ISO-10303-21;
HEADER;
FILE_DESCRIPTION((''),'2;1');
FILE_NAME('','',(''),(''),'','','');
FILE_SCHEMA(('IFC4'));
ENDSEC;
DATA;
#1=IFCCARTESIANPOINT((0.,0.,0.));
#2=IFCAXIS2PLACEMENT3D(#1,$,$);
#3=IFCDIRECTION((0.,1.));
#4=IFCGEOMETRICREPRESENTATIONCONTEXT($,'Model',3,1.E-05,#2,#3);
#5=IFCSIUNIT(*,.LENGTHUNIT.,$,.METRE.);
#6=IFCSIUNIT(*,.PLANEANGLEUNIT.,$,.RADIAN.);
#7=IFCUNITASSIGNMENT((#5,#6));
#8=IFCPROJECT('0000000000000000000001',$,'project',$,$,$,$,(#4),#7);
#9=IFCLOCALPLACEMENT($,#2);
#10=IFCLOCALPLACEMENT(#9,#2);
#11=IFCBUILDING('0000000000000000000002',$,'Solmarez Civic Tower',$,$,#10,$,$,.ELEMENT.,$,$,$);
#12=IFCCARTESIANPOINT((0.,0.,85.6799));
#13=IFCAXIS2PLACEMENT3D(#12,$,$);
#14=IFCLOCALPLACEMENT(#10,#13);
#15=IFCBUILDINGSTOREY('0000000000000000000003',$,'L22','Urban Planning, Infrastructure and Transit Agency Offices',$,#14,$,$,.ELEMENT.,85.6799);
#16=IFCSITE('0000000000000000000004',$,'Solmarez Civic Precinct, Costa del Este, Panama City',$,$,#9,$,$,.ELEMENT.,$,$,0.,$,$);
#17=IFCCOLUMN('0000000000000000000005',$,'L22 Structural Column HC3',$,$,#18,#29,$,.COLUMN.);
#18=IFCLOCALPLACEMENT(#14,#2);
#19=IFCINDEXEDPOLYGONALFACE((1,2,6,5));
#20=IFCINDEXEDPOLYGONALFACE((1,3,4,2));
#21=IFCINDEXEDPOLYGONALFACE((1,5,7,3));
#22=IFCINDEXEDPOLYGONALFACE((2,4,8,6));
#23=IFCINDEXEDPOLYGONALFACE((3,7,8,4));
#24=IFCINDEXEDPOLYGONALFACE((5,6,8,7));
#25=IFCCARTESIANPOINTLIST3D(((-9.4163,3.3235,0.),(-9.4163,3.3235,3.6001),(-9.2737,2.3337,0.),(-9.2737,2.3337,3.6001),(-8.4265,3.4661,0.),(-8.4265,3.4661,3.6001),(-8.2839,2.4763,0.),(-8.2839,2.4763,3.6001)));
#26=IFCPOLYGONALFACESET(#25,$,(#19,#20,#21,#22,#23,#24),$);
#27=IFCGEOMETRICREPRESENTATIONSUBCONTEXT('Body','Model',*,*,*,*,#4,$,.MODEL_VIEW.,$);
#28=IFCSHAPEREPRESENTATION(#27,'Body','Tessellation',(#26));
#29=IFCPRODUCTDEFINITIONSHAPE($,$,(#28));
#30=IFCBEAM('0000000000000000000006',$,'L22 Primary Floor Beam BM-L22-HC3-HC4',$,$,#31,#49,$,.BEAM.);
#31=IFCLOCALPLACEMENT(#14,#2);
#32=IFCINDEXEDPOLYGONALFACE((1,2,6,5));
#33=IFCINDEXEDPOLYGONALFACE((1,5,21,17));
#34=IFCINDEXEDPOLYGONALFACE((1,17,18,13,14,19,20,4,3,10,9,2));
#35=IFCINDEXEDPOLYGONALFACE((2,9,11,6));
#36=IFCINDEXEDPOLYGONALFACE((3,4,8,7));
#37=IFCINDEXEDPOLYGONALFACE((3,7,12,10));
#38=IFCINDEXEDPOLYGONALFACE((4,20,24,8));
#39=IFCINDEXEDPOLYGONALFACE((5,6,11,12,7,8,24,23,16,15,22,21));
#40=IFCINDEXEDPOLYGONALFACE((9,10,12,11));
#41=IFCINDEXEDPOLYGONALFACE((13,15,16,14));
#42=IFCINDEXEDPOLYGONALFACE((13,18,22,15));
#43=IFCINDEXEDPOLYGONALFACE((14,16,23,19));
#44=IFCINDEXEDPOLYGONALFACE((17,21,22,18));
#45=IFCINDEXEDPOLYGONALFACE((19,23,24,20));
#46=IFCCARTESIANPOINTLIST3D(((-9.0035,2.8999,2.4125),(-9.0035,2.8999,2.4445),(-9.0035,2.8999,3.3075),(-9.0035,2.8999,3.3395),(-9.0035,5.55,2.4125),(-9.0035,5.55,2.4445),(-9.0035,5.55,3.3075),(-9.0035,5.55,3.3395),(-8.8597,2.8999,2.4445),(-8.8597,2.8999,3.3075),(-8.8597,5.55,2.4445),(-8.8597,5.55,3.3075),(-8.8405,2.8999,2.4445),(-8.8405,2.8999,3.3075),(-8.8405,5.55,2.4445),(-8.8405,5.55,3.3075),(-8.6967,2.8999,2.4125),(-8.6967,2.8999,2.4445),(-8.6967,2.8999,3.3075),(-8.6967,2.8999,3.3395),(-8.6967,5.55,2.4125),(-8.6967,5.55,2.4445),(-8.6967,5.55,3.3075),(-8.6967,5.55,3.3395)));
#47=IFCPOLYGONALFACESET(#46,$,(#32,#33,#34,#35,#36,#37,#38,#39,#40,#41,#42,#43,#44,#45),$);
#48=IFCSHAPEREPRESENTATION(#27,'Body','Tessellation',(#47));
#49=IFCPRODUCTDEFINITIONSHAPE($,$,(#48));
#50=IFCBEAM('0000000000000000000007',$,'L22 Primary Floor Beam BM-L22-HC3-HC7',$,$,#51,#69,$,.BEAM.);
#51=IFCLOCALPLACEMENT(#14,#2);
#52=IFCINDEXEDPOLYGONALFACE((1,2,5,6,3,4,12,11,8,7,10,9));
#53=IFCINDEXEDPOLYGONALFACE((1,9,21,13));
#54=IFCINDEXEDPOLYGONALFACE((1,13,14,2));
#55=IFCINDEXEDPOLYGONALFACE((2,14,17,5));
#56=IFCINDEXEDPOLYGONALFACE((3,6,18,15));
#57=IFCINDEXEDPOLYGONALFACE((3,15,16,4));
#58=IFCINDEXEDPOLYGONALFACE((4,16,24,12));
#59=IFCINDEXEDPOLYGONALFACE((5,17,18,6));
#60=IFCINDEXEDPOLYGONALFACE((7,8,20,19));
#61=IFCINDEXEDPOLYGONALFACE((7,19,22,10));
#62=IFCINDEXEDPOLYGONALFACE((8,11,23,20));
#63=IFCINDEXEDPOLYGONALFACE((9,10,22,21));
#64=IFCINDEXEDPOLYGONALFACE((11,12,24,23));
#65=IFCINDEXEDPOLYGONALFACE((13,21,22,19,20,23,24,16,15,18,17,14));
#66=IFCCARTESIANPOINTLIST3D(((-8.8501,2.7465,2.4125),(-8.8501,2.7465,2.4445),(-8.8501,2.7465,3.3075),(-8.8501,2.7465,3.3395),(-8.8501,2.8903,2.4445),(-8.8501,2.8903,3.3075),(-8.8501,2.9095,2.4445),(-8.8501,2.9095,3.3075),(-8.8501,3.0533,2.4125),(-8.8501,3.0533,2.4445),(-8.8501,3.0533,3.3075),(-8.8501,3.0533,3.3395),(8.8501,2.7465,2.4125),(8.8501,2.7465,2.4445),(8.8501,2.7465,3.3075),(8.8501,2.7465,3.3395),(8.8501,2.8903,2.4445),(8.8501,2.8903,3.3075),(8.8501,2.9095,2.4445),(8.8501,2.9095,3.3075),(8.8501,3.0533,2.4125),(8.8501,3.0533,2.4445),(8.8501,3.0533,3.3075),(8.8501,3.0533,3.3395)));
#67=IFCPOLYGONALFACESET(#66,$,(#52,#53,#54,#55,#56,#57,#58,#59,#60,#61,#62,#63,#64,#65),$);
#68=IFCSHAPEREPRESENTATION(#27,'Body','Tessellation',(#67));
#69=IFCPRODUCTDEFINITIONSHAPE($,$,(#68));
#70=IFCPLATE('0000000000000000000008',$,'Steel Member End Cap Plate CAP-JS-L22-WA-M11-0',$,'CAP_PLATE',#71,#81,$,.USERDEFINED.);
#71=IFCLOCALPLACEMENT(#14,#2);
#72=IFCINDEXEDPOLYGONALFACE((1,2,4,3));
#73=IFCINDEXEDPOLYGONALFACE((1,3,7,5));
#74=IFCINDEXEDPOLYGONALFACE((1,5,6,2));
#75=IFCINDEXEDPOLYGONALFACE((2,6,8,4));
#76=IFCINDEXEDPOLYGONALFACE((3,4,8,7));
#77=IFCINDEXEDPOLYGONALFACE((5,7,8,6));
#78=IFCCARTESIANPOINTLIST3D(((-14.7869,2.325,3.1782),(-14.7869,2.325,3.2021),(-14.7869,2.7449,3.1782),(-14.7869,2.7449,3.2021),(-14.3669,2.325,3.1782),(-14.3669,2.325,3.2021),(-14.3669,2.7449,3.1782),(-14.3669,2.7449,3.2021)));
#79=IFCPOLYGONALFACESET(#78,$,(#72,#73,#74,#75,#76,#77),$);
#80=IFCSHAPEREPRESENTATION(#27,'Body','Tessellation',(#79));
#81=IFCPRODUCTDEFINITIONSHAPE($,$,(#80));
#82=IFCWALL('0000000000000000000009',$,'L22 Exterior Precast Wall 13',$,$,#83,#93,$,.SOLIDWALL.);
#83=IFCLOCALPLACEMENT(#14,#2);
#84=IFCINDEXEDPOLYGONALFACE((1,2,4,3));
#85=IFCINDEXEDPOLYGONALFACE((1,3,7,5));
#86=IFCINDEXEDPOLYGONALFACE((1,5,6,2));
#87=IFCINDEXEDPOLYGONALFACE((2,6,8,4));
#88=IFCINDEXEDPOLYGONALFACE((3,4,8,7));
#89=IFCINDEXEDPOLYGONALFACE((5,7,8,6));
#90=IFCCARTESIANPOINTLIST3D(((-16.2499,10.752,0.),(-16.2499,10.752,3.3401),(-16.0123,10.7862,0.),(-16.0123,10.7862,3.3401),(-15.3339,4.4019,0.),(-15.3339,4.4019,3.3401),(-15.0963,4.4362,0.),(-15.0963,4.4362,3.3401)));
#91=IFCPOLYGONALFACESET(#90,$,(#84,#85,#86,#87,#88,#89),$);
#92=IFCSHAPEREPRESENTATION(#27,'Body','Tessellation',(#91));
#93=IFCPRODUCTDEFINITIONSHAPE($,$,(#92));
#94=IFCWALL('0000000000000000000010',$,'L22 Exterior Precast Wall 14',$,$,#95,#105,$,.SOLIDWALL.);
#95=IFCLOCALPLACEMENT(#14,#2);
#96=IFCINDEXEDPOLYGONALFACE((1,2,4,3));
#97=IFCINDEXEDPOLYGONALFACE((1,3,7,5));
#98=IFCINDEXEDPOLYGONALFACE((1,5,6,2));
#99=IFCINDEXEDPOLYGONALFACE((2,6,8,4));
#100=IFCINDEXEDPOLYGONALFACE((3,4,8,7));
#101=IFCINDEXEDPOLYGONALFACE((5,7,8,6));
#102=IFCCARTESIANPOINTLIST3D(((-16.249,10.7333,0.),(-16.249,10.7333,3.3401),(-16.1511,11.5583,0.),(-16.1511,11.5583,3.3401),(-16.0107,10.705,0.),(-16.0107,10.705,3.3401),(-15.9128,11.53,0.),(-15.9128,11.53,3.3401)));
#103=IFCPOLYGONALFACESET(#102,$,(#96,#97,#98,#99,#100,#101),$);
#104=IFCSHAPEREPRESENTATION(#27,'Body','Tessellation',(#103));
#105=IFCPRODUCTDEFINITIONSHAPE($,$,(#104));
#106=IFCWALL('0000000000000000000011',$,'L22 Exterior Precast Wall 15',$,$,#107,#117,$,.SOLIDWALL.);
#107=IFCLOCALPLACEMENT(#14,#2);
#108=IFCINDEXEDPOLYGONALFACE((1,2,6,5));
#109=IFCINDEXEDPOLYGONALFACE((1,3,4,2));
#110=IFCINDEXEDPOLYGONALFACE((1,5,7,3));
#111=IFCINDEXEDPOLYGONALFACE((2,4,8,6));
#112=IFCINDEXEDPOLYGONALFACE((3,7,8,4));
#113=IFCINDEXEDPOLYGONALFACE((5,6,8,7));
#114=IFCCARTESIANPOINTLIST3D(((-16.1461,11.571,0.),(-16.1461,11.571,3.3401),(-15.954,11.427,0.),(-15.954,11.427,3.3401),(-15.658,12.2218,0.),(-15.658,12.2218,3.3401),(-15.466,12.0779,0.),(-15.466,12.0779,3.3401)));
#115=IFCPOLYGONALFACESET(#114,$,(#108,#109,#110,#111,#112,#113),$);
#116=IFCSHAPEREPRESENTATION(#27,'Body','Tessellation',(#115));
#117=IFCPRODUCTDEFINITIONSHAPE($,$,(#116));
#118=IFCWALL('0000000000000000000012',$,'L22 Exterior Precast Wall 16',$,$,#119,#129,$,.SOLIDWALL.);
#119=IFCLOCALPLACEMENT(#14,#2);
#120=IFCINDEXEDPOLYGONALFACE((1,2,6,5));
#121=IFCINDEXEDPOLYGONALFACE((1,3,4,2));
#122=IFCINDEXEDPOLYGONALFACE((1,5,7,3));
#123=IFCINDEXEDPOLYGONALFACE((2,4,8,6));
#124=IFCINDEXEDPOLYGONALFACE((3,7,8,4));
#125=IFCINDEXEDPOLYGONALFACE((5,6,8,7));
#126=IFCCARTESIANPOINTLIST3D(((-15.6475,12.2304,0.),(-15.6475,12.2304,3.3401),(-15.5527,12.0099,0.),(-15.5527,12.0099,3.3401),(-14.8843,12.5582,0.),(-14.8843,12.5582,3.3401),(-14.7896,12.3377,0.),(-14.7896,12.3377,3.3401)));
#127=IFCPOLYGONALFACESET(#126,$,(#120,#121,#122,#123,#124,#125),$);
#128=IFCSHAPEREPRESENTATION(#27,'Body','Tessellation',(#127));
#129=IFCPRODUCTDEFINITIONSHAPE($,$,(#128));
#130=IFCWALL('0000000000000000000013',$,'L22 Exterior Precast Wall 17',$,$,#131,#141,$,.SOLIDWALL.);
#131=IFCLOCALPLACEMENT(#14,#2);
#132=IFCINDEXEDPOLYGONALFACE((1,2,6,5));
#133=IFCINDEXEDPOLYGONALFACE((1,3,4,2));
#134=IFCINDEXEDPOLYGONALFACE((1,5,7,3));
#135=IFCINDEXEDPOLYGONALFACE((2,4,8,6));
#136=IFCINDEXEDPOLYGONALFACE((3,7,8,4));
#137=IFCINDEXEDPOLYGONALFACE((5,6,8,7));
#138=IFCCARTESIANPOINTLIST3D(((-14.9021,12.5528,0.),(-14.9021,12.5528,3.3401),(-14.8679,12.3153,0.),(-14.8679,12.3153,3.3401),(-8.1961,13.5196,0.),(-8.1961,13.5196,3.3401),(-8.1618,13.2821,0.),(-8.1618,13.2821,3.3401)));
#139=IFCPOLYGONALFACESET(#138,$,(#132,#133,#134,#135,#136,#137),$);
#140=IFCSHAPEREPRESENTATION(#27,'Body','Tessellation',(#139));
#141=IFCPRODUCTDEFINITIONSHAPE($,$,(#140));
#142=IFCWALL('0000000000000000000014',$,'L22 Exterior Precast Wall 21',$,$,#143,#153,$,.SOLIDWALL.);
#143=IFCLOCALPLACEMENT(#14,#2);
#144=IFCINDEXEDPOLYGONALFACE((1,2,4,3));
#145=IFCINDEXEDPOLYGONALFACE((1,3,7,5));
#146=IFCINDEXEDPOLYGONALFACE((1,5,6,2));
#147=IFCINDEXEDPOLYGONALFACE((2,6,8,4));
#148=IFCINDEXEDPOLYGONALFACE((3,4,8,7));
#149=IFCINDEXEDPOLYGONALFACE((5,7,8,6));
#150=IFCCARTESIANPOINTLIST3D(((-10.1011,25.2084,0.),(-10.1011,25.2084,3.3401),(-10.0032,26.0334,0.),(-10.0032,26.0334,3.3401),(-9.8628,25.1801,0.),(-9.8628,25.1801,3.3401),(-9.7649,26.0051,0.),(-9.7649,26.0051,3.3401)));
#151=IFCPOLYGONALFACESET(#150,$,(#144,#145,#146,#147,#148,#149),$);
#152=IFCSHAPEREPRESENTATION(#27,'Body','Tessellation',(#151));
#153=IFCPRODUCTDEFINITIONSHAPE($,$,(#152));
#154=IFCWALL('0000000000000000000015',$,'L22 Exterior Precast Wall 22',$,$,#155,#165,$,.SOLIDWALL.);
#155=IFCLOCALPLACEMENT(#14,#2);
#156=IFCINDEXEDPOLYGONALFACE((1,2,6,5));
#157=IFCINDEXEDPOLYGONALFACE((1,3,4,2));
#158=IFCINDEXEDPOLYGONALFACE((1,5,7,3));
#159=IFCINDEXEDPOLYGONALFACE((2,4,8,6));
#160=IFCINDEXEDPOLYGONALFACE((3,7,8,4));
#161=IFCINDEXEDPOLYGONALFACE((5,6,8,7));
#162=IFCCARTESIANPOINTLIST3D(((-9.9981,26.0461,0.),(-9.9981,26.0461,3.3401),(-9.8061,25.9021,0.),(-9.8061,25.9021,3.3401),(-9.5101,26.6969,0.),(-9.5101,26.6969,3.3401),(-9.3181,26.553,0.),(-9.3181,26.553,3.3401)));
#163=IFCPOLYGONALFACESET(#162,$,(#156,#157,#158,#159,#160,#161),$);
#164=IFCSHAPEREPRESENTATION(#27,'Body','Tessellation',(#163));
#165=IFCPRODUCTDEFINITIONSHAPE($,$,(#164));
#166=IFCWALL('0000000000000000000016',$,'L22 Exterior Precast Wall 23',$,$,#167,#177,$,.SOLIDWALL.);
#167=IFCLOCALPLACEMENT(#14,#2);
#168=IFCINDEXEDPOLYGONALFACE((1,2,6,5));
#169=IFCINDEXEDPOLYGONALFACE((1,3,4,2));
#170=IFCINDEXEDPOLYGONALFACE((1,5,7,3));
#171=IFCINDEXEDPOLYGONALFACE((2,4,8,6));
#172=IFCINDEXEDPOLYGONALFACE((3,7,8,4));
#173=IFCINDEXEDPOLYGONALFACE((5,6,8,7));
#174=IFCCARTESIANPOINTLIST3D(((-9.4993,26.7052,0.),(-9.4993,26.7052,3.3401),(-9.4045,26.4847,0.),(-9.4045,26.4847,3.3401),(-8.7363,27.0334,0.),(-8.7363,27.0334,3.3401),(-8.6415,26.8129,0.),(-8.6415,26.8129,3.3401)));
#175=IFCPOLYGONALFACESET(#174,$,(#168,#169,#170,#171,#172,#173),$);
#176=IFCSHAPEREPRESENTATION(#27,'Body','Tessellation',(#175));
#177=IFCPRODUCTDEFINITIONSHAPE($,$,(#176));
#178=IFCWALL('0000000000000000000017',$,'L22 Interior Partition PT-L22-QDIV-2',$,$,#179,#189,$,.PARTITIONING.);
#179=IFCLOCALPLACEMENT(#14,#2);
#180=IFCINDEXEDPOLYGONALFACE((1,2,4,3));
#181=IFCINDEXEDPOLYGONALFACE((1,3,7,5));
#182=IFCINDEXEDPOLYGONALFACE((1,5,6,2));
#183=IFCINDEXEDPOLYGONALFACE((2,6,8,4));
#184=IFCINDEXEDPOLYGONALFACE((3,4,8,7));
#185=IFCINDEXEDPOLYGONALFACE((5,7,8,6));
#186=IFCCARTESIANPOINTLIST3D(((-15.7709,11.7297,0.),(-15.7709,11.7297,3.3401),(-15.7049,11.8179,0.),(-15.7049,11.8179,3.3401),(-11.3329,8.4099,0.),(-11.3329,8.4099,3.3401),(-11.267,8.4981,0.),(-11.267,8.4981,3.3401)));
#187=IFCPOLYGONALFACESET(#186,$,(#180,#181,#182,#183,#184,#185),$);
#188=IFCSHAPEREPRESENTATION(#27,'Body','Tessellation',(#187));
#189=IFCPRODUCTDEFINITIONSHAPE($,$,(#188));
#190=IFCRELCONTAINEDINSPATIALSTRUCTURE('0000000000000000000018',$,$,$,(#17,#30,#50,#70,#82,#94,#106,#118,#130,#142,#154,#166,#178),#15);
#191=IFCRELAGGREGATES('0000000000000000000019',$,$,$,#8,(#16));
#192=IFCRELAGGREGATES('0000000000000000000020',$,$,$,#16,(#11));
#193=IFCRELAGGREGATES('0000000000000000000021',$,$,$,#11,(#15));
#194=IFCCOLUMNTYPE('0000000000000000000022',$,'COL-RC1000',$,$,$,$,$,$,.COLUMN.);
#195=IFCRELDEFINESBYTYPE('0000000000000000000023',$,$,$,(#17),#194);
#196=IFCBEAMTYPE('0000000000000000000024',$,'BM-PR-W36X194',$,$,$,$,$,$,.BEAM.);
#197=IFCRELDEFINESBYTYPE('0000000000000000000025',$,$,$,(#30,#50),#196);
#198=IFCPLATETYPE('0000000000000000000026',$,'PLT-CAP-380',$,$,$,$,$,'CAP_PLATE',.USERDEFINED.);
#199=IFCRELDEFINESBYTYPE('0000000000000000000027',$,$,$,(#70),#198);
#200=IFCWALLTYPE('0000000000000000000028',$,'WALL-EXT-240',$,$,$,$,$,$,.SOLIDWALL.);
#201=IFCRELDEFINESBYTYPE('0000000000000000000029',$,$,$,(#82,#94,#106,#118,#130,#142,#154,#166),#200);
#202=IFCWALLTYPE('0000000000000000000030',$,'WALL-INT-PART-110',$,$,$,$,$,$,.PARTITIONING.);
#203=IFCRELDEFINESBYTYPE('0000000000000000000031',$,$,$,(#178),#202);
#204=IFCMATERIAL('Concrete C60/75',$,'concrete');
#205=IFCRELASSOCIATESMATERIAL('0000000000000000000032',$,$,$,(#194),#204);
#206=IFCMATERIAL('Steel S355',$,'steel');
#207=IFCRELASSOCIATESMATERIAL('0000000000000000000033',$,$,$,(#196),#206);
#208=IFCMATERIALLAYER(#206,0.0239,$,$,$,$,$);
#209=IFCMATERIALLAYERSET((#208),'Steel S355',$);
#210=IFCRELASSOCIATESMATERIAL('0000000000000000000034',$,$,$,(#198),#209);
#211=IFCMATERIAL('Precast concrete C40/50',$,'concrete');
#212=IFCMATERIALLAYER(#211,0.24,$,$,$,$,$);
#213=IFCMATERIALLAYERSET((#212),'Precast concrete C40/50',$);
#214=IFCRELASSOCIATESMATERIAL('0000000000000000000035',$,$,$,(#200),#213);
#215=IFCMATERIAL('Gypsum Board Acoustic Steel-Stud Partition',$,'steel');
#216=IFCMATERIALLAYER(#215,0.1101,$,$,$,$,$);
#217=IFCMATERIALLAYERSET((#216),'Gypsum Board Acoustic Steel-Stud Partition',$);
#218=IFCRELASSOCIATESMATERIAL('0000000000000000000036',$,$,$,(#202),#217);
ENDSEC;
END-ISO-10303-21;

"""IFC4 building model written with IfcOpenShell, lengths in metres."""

from ifc_helpers import new_model, si_unit, direction, frame, frame_2d, origin, origin_2d, place, context, subcontext, project, spatial, rectangle, i_section, extrude, material, layer, layer_set, material_profile, profile_set, type_object, element, save


model = new_model("IFC4")

# Units and contexts
model_context = context("Model", 3, precision=1e-05, world=origin(), true_north=direction((0.0, 1.0)))
body_context = subcontext(model_context, "Body", "Model", "MODEL_VIEW")
ifc_project = project(units=[si_unit("LENGTHUNIT", "METRE"), si_unit("PLANEANGLEUNIT", "RADIAN")], contexts=[model_context])

# Site, building, storey
site_placement = place(None, origin())
site = spatial("IfcSite", under=ifc_project, at=site_placement, Name="Solmarez Civic Precinct, Costa del Este, Panama City", CompositionType="ELEMENT", RefElevation=0.0)
building_placement = place(site_placement, origin())
building = spatial("IfcBuilding", under=site, at=building_placement, Name="Solmarez Civic Tower", CompositionType="ELEMENT")
storey_placement = place(building_placement, frame((0.0, 0.0, 85.6799)))
storey = spatial("IfcBuildingStorey", under=building, at=storey_placement, Name="L22", Description="Urban Planning, Infrastructure and Transit Agency Offices", CompositionType="ELEMENT", Elevation=85.6799)

# Column
ifc_material_1 = material(Name="Concrete C60/75", Category="concrete")
ifc_material_profile_1 = material_profile(ifc_material_1, rectangle(XDim=1.0, YDim=1.0, at=origin_2d()), Name="RC1000X1000")
ifc_profile_set_1 = profile_set([ifc_material_profile_1], Name="Concrete C60/75")
column_type = type_object("IfcColumnType", Name="COL-RC1000", PredefinedType="COLUMN", material=ifc_profile_set_1)
column_placement = place(storey_placement, frame((-8.8501, 2.8999, 0.0), z_axis=(0.0, 0.0, 1.0), x_axis=(0.989776, 0.142629, 0.0)))
element("IfcColumn", 1, at=column_placement, inside=storey, type_object=column_type, Name="L22 Structural Column HC3", PredefinedType="COLUMN", context=body_context, shape_type="SweptSolid", body=[
    extrude(rectangle(XDim=1.0, YDim=1.0, at=origin_2d()), origin(), (0.0, 0.0, 1.0), 3.6001),
])

# Beams
ifc_material_2 = material(Name="Steel S355", Category="steel")
ifc_material_profile_2 = material_profile(ifc_material_2, i_section(OverallWidth=0.3069, OverallDepth=0.927, WebThickness=0.0193, FlangeThickness=0.032, at=origin_2d()), Name="W36X194")
ifc_profile_set_2 = profile_set([ifc_material_profile_2], Name="Steel S355")
beam_type = type_object("IfcBeamType", Name="BM-PR-W36X194", PredefinedType="BEAM", material=ifc_profile_set_2)
beam_1_placement = place(storey_placement, frame((-8.8501, 2.8999, 2.876), z_axis=(0.0, 1.0, 0.0), x_axis=(-1.0, 0.0, 0.0)))
element("IfcBeam", 2, at=beam_1_placement, inside=storey, type_object=beam_type, Name="L22 Primary Floor Beam BM-L22-HC3-HC4", PredefinedType="BEAM", context=body_context, shape_type="SweptSolid", body=[
    extrude(i_section(OverallWidth=0.3069, OverallDepth=0.927, WebThickness=0.0193, FlangeThickness=0.032, at=origin_2d()), origin(), (0.0, 0.0, 1.0), 2.6501),
])
beam_2_placement = place(storey_placement, frame((-8.8501, 2.8999, 2.876), z_axis=(1.0, 0.0, 0.0), x_axis=(0.0, 1.0, 0.0)))
element("IfcBeam", 3, at=beam_2_placement, inside=storey, type_object=beam_type, Name="L22 Primary Floor Beam BM-L22-HC3-HC7", PredefinedType="BEAM", context=body_context, shape_type="SweptSolid", body=[
    extrude(i_section(OverallWidth=0.3069, OverallDepth=0.927, WebThickness=0.0193, FlangeThickness=0.032, at=origin_2d()), origin(), (0.0, 0.0, 1.0), 17.7002),
])

# Plate
ifc_layer_1 = layer(ifc_material_2, 0.0239)
ifc_layer_set_1 = layer_set([ifc_layer_1], Name="Steel S355")
plate_type = type_object("IfcPlateType", Name="PLT-CAP-380", ElementType="CAP_PLATE", PredefinedType="USERDEFINED", material=ifc_layer_set_1)
plate_placement = place(storey_placement, frame((-14.5769, 2.5349, 3.1782), z_axis=(0.0, 0.0, 1.0), x_axis=(1.0, 0.0, 0.0)))
element("IfcPlate", 4, at=plate_placement, inside=storey, type_object=plate_type, Name="Steel Member End Cap Plate CAP-JS-L22-WA-M11-0", ObjectType="CAP_PLATE", PredefinedType="USERDEFINED", context=body_context, shape_type="SweptSolid", body=[
    extrude(rectangle(XDim=0.4199, YDim=0.4199, at=origin_2d()), origin(), (0.0, 0.0, 1.0), 0.0239),
])

# Walls
ifc_material_3 = material(Name="Precast concrete C40/50", Category="concrete")
ifc_layer_2 = layer(ifc_material_3, 0.24)
ifc_layer_set_2 = layer_set([ifc_layer_2], Name="Precast concrete C40/50")
wall_type_1 = type_object("IfcWallType", Name="WALL-EXT-240", PredefinedType="SOLIDWALL", material=ifc_layer_set_2)
wall_1_placement = place(storey_placement, frame((-15.2151, 4.4189, 0.0), z_axis=(0.0, 0.0, 1.0), x_axis=(-0.142774, 0.989755, 0.0)))
element("IfcWall", 5, at=wall_1_placement, inside=storey, type_object=wall_type_1, Name="L22 Exterior Precast Wall 13", PredefinedType="SOLIDWALL", context=body_context, shape_type="SweptSolid", body=[
    extrude(rectangle(XDim=6.4158, YDim=0.24, at=frame_2d((3.208, 0.0))), origin(), (0.0, 0.0, 1.0), 3.3401),
])
wall_2_placement = place(storey_placement, frame((-16.1299, 10.719, 0.0), z_axis=(0.0, 0.0, 1.0), x_axis=(0.117847, 0.993032, 0.0)))
element("IfcWall", 6, at=wall_2_placement, inside=storey, type_object=wall_type_1, Name="L22 Exterior Precast Wall 14", PredefinedType="SOLIDWALL", context=body_context, shape_type="SweptSolid", body=[
    extrude(rectangle(XDim=0.8308, YDim=0.24, at=frame_2d((0.4155, 0.0))), origin(), (0.0, 0.0, 1.0), 3.3401),
])
wall_3_placement = place(storey_placement, frame((-16.05, 11.499, 0.0), z_axis=(0.0, 0.0, 1.0), x_axis=(0.599904, 0.800072, 0.0)))
element("IfcWall", 7, at=wall_3_placement, inside=storey, type_object=wall_type_1, Name="L22 Exterior Precast Wall 15", PredefinedType="SOLIDWALL", context=body_context, shape_type="SweptSolid", body=[
    extrude(rectangle(XDim=0.8135, YDim=0.24, at=frame_2d((0.4067, 0.0))), origin(), (0.0, 0.0, 1.0), 3.3401),
])
wall_4_placement = place(storey_placement, frame((-15.6001, 12.1201, 0.0), z_axis=(0.0, 0.0, 1.0), x_axis=(0.918795, 0.394735, 0.0)))
element("IfcWall", 8, at=wall_4_placement, inside=storey, type_object=wall_type_1, Name="L22 Exterior Precast Wall 16", PredefinedType="SOLIDWALL", context=body_context, shape_type="SweptSolid", body=[
    extrude(rectangle(XDim=0.8306, YDim=0.24, at=frame_2d((0.4153, 0.0))), origin(), (0.0, 0.0, 1.0), 3.3401),
])
wall_5_placement = place(storey_placement, frame((-14.885, 12.4341, 0.0), z_axis=(0.0, 0.0, 1.0), x_axis=(0.989767, 0.142693, 0.0)))
element("IfcWall", 9, at=wall_5_placement, inside=storey, type_object=wall_type_1, Name="L22 Exterior Precast Wall 17", PredefinedType="SOLIDWALL", context=body_context, shape_type="SweptSolid", body=[
    extrude(rectangle(XDim=6.7754, YDim=0.24, at=frame_2d((3.3877, 0.0))), origin(), (0.0, 0.0, 1.0), 3.3401),
])
wall_6_placement = place(storey_placement, frame((-9.9819, 25.1941, 0.0), z_axis=(0.0, 0.0, 1.0), x_axis=(0.117847, 0.993032, 0.0)))
element("IfcWall", 10, at=wall_6_placement, inside=storey, type_object=wall_type_1, Name="L22 Exterior Precast Wall 21", PredefinedType="SOLIDWALL", context=body_context, shape_type="SweptSolid", body=[
    extrude(rectangle(XDim=0.8308, YDim=0.24, at=frame_2d((0.4155, 0.0))), origin(), (0.0, 0.0, 1.0), 3.3401),
])
wall_7_placement = place(storey_placement, frame((-9.9021, 25.9741, 0.0), z_axis=(0.0, 0.0, 1.0), x_axis=(0.599904, 0.800072, 0.0)))
element("IfcWall", 11, at=wall_7_placement, inside=storey, type_object=wall_type_1, Name="L22 Exterior Precast Wall 22", PredefinedType="SOLIDWALL", context=body_context, shape_type="SweptSolid", body=[
    extrude(rectangle(XDim=0.8135, YDim=0.24, at=frame_2d((0.4067, 0.0))), origin(), (0.0, 0.0, 1.0), 3.3401),
])
wall_8_placement = place(storey_placement, frame((-9.4519, 26.595, 0.0), z_axis=(0.0, 0.0, 1.0), x_axis=(0.918643, 0.39509, 0.0)))
element("IfcWall", 12, at=wall_8_placement, inside=storey, type_object=wall_type_1, Name="L22 Exterior Precast Wall 23", PredefinedType="SOLIDWALL", context=body_context, shape_type="SweptSolid", body=[
    extrude(rectangle(XDim=0.8306, YDim=0.24, at=frame_2d((0.4153, 0.0))), origin(), (0.0, 0.0, 1.0), 3.3401),
])
ifc_material_4 = material(Name="Gypsum Board Acoustic Steel-Stud Partition", Category="steel")
ifc_layer_3 = layer(ifc_material_4, 0.1101)
ifc_layer_set_3 = layer_set([ifc_layer_3], Name="Gypsum Board Acoustic Steel-Stud Partition")
wall_type_2 = type_object("IfcWallType", Name="WALL-INT-PART-110", PredefinedType="PARTITIONING", material=ifc_layer_set_3)
wall_9_placement = place(storey_placement, frame((-11.3, 8.4541, 0.0), z_axis=(0.0, 0.0, 1.0), x_axis=(-0.80075, 0.598999, 0.0)))
element("IfcWall", 13, at=wall_9_placement, inside=storey, type_object=wall_type_2, Name="L22 Interior Partition PT-L22-QDIV-2", PredefinedType="PARTITIONING", context=body_context, shape_type="SweptSolid", body=[
    extrude(rectangle(XDim=5.5422, YDim=0.1101, at=frame_2d((2.771, 0.0))), origin(), (0.0, 0.0, 1.0), 3.3401),
])

save(model, "model.ifc")
